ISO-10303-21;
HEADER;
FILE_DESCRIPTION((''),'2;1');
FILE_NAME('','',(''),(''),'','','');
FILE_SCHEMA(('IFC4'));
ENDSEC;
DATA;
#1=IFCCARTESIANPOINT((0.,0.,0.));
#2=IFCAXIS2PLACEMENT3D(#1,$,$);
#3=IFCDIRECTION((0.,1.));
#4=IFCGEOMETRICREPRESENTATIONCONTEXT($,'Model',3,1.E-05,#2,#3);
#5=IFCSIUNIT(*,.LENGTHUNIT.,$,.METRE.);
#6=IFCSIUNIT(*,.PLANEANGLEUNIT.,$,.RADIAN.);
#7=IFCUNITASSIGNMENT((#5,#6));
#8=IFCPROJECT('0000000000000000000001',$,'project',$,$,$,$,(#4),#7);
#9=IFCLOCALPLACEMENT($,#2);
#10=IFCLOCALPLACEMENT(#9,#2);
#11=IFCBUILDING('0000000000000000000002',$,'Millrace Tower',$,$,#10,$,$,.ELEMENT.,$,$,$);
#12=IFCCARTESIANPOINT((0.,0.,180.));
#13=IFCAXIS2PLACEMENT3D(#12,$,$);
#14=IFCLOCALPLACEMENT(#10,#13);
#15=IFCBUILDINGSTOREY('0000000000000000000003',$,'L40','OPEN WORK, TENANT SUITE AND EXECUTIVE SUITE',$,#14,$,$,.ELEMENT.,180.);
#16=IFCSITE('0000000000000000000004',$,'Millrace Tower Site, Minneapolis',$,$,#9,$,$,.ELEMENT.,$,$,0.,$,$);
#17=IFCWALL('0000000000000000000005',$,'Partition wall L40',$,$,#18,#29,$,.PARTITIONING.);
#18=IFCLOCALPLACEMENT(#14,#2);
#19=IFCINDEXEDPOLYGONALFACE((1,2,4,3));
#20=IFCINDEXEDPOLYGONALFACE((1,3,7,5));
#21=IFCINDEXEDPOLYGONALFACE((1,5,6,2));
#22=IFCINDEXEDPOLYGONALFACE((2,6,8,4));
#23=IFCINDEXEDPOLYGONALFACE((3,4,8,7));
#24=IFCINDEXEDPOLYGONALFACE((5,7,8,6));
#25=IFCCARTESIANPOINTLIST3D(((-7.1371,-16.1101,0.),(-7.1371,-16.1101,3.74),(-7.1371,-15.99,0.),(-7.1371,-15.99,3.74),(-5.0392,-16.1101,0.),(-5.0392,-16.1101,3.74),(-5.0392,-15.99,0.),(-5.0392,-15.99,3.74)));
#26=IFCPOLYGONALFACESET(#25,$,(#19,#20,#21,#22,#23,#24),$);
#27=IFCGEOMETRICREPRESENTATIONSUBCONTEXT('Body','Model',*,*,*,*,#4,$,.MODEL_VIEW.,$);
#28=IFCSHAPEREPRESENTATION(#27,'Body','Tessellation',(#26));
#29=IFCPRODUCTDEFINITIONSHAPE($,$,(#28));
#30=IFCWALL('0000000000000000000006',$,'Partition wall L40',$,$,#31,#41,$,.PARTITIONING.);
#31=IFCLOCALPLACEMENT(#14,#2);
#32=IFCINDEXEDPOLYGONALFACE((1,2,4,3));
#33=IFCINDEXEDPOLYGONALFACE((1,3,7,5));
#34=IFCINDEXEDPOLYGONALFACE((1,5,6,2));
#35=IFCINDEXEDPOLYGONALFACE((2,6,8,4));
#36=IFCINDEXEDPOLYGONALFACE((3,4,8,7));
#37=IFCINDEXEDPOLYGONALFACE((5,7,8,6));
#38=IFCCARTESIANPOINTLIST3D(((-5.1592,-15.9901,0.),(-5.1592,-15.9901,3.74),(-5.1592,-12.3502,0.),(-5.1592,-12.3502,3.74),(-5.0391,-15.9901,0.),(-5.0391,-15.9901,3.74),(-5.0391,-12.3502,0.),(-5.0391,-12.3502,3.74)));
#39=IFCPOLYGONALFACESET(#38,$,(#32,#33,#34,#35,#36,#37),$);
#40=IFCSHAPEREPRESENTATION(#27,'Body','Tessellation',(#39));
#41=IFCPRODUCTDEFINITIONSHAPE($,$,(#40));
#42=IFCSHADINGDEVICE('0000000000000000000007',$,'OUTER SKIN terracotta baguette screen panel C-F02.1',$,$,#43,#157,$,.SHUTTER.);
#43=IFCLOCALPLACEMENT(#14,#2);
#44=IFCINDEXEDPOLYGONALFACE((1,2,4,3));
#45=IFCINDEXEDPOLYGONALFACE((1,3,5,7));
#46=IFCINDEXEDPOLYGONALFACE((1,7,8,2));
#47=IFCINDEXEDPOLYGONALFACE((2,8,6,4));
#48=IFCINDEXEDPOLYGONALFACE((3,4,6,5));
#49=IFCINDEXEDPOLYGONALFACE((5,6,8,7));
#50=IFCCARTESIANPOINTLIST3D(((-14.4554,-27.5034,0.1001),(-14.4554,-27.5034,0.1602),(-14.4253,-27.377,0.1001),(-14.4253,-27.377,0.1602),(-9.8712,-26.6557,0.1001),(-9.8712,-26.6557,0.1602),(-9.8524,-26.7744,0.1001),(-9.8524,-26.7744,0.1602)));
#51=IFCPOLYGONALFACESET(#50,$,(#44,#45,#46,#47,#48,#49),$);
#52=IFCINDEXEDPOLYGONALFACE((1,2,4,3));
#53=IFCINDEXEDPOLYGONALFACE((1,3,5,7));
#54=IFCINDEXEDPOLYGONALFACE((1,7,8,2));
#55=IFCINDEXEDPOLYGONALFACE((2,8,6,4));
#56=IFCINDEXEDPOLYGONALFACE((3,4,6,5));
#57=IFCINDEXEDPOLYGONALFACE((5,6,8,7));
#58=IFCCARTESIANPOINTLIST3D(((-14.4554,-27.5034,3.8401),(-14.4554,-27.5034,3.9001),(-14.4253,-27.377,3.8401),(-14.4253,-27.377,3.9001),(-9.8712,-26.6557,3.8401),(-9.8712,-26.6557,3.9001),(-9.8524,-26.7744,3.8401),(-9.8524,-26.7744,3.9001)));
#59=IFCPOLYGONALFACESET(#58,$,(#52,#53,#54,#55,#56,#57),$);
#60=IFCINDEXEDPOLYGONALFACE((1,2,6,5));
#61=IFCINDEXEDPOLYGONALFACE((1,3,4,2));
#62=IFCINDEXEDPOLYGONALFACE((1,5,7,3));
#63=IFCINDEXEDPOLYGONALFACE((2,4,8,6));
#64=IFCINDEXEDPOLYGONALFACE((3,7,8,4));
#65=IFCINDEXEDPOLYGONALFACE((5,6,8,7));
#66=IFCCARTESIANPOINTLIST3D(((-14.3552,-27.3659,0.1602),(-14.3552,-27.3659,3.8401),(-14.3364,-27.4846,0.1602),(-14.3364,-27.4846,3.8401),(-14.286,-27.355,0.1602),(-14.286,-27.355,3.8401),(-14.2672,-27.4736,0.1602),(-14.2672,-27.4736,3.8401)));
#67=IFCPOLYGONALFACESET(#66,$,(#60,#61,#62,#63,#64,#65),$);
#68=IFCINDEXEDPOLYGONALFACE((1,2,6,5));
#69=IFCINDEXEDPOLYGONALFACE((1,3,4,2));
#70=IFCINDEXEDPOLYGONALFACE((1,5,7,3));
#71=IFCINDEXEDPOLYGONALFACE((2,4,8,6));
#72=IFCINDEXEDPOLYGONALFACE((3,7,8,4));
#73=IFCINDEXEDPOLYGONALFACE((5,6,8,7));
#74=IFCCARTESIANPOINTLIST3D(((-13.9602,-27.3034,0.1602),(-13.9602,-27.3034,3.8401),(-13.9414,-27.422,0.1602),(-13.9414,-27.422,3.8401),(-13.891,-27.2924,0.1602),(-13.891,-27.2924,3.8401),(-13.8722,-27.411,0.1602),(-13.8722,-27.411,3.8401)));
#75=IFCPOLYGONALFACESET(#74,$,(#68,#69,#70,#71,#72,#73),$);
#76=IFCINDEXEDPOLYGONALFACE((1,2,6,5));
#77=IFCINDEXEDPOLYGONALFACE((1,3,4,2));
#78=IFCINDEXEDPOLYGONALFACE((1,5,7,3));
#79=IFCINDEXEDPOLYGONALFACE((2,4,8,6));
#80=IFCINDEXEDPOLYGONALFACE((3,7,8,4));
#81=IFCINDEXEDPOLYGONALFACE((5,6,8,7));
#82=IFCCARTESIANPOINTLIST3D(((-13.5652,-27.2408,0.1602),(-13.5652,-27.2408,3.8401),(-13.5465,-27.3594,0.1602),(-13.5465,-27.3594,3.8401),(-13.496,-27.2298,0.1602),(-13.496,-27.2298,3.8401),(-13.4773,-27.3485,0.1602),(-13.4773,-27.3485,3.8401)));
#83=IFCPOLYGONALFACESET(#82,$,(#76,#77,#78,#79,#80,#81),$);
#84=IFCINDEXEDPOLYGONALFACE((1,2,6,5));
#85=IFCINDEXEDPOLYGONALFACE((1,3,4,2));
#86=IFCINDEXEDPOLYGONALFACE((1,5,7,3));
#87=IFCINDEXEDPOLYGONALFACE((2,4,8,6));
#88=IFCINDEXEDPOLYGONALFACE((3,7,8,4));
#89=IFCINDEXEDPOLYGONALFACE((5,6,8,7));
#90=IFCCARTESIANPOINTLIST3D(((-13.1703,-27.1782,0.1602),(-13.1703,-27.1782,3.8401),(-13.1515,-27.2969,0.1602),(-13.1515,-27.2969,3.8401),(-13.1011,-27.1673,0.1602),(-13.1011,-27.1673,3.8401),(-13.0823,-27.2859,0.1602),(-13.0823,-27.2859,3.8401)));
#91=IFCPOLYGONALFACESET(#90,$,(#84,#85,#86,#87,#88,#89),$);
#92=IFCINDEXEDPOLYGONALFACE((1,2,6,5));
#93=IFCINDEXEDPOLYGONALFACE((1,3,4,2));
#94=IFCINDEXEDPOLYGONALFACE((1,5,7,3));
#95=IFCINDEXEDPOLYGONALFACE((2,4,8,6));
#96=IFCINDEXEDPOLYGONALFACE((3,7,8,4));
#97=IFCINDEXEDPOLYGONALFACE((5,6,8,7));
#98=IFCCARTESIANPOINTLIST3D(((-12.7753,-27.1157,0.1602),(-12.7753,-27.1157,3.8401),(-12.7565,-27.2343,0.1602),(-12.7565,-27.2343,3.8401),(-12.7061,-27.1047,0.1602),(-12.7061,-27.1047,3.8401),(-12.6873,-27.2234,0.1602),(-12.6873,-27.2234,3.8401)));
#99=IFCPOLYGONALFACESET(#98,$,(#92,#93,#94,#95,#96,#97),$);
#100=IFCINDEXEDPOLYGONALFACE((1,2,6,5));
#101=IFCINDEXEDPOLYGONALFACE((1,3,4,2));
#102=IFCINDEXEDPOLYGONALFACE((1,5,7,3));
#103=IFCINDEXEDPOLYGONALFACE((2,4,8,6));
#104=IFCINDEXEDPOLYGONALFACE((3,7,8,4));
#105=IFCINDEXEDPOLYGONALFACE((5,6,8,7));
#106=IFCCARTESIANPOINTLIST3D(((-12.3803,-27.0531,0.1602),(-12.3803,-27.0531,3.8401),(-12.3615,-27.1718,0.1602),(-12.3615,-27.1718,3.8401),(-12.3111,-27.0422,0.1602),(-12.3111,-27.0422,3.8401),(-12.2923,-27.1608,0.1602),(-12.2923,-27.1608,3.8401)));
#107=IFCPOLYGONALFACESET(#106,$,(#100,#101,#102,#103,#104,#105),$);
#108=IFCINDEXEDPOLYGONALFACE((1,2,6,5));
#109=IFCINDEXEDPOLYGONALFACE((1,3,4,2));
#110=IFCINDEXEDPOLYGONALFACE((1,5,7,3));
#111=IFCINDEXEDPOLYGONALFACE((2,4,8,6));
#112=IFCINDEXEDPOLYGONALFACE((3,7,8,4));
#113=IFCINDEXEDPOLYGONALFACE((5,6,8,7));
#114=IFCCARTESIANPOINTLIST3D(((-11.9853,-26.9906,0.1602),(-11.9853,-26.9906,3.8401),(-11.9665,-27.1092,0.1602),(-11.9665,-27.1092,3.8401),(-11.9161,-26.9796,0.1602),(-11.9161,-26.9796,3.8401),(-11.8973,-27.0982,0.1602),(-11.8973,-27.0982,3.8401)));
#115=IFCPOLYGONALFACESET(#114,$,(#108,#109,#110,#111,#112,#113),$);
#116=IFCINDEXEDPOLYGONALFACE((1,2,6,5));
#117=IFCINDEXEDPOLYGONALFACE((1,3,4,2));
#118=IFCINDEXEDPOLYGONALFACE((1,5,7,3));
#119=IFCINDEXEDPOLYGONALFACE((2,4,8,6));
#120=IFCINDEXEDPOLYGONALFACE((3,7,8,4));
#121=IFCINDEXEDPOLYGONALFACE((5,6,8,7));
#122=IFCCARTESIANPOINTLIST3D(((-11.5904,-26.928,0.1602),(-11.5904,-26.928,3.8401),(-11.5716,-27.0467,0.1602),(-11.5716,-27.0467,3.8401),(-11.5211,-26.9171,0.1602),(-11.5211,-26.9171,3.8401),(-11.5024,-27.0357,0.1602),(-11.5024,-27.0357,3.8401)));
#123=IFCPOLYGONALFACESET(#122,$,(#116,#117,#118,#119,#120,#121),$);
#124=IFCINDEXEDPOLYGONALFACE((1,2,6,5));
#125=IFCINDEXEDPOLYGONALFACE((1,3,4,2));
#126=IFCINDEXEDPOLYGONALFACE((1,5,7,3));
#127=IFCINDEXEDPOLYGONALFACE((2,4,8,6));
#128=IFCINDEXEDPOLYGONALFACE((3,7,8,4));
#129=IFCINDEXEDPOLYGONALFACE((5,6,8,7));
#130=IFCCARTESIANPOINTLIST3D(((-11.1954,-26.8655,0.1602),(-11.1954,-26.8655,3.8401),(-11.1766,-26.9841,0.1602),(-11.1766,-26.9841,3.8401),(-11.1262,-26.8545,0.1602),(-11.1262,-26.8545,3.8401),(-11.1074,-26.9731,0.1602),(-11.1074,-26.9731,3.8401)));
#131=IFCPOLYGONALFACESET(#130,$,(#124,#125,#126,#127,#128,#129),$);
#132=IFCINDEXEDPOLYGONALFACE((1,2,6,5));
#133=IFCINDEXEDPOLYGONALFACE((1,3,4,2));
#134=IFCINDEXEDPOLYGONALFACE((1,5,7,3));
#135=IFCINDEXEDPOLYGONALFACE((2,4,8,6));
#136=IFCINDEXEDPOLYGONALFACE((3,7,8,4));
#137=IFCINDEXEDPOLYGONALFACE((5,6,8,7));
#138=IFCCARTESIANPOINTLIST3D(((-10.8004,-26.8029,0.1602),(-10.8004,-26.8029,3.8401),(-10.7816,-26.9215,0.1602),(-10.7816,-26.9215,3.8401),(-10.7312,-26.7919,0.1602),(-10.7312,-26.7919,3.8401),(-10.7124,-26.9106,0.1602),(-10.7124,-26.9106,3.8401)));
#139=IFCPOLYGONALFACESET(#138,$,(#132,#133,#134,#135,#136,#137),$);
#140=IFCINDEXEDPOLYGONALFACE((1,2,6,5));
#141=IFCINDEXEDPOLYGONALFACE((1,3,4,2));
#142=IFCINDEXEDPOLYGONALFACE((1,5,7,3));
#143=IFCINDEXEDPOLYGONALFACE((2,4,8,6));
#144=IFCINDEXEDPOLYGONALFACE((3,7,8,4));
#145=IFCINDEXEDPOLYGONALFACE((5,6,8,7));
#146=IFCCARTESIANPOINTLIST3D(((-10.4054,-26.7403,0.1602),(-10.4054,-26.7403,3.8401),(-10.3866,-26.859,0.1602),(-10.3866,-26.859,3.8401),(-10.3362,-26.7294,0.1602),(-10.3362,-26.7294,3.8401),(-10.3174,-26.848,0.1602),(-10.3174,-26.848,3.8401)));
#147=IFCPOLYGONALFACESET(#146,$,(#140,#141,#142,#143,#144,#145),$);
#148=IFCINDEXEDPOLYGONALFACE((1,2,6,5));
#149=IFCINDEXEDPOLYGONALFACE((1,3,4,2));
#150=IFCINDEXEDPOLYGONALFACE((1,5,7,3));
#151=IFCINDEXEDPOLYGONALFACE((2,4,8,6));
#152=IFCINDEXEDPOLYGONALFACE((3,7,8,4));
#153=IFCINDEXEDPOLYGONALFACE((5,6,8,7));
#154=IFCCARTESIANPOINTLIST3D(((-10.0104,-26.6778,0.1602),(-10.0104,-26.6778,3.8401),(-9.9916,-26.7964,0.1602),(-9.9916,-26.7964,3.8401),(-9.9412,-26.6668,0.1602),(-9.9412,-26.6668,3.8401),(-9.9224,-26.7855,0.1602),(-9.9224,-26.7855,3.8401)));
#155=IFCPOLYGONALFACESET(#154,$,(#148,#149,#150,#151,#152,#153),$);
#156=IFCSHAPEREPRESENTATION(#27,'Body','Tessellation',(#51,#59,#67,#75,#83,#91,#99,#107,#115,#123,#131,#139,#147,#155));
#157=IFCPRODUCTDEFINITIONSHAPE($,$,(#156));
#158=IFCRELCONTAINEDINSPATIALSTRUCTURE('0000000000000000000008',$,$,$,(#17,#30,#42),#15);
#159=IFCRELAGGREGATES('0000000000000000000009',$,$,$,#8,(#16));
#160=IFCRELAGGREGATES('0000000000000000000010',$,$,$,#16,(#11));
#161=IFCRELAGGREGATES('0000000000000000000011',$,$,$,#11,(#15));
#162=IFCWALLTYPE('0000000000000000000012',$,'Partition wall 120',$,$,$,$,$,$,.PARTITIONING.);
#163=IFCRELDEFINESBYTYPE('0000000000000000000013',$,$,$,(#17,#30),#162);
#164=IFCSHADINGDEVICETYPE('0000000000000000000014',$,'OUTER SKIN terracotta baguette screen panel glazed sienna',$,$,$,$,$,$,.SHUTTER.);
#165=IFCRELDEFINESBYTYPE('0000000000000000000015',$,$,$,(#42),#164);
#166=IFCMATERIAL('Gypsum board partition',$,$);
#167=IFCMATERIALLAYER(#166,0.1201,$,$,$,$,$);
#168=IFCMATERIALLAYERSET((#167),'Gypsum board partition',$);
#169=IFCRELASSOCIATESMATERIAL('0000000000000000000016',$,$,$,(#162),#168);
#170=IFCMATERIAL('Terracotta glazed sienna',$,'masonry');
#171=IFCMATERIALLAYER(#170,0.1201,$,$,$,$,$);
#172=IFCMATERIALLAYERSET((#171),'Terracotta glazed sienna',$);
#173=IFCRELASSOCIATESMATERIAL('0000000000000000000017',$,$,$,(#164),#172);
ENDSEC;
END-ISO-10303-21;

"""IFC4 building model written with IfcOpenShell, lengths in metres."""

from ifc_helpers import new_model, entity, si_unit, direction, frame, frame_2d, origin, place, context, subcontext, project, spatial, rectangle, extrude, source, transform, mapped, material, layer, layer_set, type_object, element, save


model = new_model("IFC4")

# Units and contexts
model_context = context("Model", 3, precision=1e-05, world=origin(), true_north=direction((0.0, 1.0)))
body_context = subcontext(model_context, "Body", "Model", "MODEL_VIEW")
ifc_project = project(units=[si_unit("LENGTHUNIT", "METRE"), si_unit("PLANEANGLEUNIT", "RADIAN")], contexts=[model_context])

# Site, building, storey
site_placement = place(None, origin())
site = spatial("IfcSite", under=ifc_project, at=site_placement, Name="Millrace Tower Site, Minneapolis", CompositionType="ELEMENT", RefElevation=0.0)
building_placement = place(site_placement, origin())
building = spatial("IfcBuilding", under=site, at=building_placement, Name="Millrace Tower", CompositionType="ELEMENT")
storey_placement = place(building_placement, frame((0.0, 0.0, 180.0)))
storey = spatial("IfcBuildingStorey", under=building, at=storey_placement, Name="L40", Description="OPEN WORK, TENANT SUITE AND EXECUTIVE SUITE", CompositionType="ELEMENT", Elevation=180.0)

# Walls
ifc_material_1 = material(Name="Gypsum board partition")
ifc_layer_1 = layer(ifc_material_1, 0.1201)
ifc_layer_set_1 = layer_set([ifc_layer_1], Name="Gypsum board partition")
wall_type = type_object("IfcWallType", Name="Partition wall 120", PredefinedType="PARTITIONING", material=ifc_layer_set_1)
wall_1_placement = place(storey_placement, frame((-7.137, -16.05, 0.0), z_axis=(0.0, 0.0, 1.0), x_axis=(1.0, 0.0, 0.0)))
element("IfcWall", 1, at=wall_1_placement, inside=storey, type_object=wall_type, Name="Partition wall L40", PredefinedType="PARTITIONING", context=body_context, shape_type="SweptSolid", body=[
    extrude(rectangle(XDim=2.0979, YDim=0.1201, at=frame_2d((1.0488, 0.0))), origin(), (0.0, 0.0, 1.0), 3.74),
])
wall_2_placement = place(storey_placement, frame((-5.0991, -15.99, 0.0), z_axis=(0.0, 0.0, 1.0), x_axis=(0.0, 1.0, 0.0)))
element("IfcWall", 2, at=wall_2_placement, inside=storey, type_object=wall_type, Name="Partition wall L40", PredefinedType="PARTITIONING", context=body_context, shape_type="SweptSolid", body=[
    extrude(rectangle(XDim=3.6399, YDim=0.1201, at=frame_2d((1.8198, 0.0))), origin(), (0.0, 0.0, 1.0), 3.74),
])

# Shading device
ifc_material_2 = material(Name="Terracotta glazed sienna", Category="masonry")
ifc_layer_2 = layer(ifc_material_2, 0.1201)
ifc_layer_set_2 = layer_set([ifc_layer_2], Name="Terracotta glazed sienna")
shading_device_type = type_object("IfcShadingDeviceType", Name="OUTER SKIN terracotta baguette screen panel glazed sienna", PredefinedType="SHUTTER", material=ifc_layer_set_2)
cartesian_point_1 = entity("IfcCartesianPoint", [-2.293, 0.0601])
shared_polyline_1 = entity("IfcPolyline", [cartesian_point_1, entity("IfcCartesianPoint", [2.3179, 0.0601]), entity("IfcCartesianPoint", [2.3179, -0.0601]), entity("IfcCartesianPoint", [-2.3425, -0.0601]), cartesian_point_1])
shared_shape_1 = source(origin(), body_context, "Body", "SweptSolid", [
    entity("IfcExtrudedAreaSolid", entity("IfcArbitraryClosedProfileDef", "AREA", None, shared_polyline_1), entity("IfcAxis2Placement3D", entity("IfcCartesianPoint", [0.0, 0.0, 0.0])), entity("IfcDirection", [0.0, 0.0, 1.0]), 0.0601),
    entity("IfcExtrudedAreaSolid", entity("IfcArbitraryClosedProfileDef", "AREA", None, shared_polyline_1), entity("IfcAxis2Placement3D", entity("IfcCartesianPoint", [0.0, 0.0, 3.74])), entity("IfcDirection", [0.0, 0.0, 1.0]), 0.0601),
    extrude(rectangle(XDim=0.0701, YDim=0.1201, at=frame_2d((-2.187, 0.0))), frame((0.0, 0.0, 0.0601)), (0.0, 0.0, 1.0), 3.6799),
    extrude(rectangle(XDim=0.0701, YDim=0.1201, at=frame_2d((-1.7871, 0.0))), frame((0.0, 0.0, 0.0601)), (0.0, 0.0, 1.0), 3.6799),
    extrude(rectangle(XDim=0.0701, YDim=0.1201, at=frame_2d((-1.3872, 0.0))), frame((0.0, 0.0, 0.0601)), (0.0, 0.0, 1.0), 3.6799),
    extrude(rectangle(XDim=0.0701, YDim=0.1201, at=frame_2d((-0.9873, 0.0))), frame((0.0, 0.0, 0.0601)), (0.0, 0.0, 1.0), 3.6799),
    extrude(rectangle(XDim=0.0701, YDim=0.1201, at=frame_2d((-0.5874, 0.0))), frame((0.0, 0.0, 0.0601)), (0.0, 0.0, 1.0), 3.6799),
    extrude(rectangle(XDim=0.0701, YDim=0.1201, at=frame_2d((-0.1875, 0.0))), frame((0.0, 0.0, 0.0601)), (0.0, 0.0, 1.0), 3.6799),
    extrude(rectangle(XDim=0.0701, YDim=0.1201, at=frame_2d((0.2124, 0.0))), frame((0.0, 0.0, 0.0601)), (0.0, 0.0, 1.0), 3.6799),
    extrude(rectangle(XDim=0.0701, YDim=0.1201, at=frame_2d((0.6123, 0.0))), frame((0.0, 0.0, 0.0601)), (0.0, 0.0, 1.0), 3.6799),
    extrude(rectangle(XDim=0.0701, YDim=0.1201, at=frame_2d((1.0122, 0.0))), frame((0.0, 0.0, 0.0601)), (0.0, 0.0, 1.0), 3.6799),
    extrude(rectangle(XDim=0.0701, YDim=0.1201, at=frame_2d((1.4121, 0.0))), frame((0.0, 0.0, 0.0601)), (0.0, 0.0, 1.0), 3.6799),
    extrude(rectangle(XDim=0.0701, YDim=0.1201, at=frame_2d((1.812, 0.0))), frame((0.0, 0.0, 0.0601)), (0.0, 0.0, 1.0), 3.6799),
    extrude(rectangle(XDim=0.0701, YDim=0.1201, at=frame_2d((2.2119, 0.0))), frame((0.0, 0.0, 0.0601)), (0.0, 0.0, 1.0), 3.6799),
])
shading_device_placement = place(storey_placement, frame((-12.1511, -27.0776, 0.1001), z_axis=(0.0, 0.0, 1.0), x_axis=(0.987688, 0.156434, 0.0)))
element("IfcShadingDevice", 3, at=shading_device_placement, inside=storey, type_object=shading_device_type, Name="OUTER SKIN terracotta baguette screen panel C-F02.1", PredefinedType="SHUTTER", context=body_context, shape_type="MappedRepresentation", body=[
    mapped(shared_shape_1, transform((0.0, 0.0, 0.0), scale=1.0)),
])

save(model, "model.ifc")
